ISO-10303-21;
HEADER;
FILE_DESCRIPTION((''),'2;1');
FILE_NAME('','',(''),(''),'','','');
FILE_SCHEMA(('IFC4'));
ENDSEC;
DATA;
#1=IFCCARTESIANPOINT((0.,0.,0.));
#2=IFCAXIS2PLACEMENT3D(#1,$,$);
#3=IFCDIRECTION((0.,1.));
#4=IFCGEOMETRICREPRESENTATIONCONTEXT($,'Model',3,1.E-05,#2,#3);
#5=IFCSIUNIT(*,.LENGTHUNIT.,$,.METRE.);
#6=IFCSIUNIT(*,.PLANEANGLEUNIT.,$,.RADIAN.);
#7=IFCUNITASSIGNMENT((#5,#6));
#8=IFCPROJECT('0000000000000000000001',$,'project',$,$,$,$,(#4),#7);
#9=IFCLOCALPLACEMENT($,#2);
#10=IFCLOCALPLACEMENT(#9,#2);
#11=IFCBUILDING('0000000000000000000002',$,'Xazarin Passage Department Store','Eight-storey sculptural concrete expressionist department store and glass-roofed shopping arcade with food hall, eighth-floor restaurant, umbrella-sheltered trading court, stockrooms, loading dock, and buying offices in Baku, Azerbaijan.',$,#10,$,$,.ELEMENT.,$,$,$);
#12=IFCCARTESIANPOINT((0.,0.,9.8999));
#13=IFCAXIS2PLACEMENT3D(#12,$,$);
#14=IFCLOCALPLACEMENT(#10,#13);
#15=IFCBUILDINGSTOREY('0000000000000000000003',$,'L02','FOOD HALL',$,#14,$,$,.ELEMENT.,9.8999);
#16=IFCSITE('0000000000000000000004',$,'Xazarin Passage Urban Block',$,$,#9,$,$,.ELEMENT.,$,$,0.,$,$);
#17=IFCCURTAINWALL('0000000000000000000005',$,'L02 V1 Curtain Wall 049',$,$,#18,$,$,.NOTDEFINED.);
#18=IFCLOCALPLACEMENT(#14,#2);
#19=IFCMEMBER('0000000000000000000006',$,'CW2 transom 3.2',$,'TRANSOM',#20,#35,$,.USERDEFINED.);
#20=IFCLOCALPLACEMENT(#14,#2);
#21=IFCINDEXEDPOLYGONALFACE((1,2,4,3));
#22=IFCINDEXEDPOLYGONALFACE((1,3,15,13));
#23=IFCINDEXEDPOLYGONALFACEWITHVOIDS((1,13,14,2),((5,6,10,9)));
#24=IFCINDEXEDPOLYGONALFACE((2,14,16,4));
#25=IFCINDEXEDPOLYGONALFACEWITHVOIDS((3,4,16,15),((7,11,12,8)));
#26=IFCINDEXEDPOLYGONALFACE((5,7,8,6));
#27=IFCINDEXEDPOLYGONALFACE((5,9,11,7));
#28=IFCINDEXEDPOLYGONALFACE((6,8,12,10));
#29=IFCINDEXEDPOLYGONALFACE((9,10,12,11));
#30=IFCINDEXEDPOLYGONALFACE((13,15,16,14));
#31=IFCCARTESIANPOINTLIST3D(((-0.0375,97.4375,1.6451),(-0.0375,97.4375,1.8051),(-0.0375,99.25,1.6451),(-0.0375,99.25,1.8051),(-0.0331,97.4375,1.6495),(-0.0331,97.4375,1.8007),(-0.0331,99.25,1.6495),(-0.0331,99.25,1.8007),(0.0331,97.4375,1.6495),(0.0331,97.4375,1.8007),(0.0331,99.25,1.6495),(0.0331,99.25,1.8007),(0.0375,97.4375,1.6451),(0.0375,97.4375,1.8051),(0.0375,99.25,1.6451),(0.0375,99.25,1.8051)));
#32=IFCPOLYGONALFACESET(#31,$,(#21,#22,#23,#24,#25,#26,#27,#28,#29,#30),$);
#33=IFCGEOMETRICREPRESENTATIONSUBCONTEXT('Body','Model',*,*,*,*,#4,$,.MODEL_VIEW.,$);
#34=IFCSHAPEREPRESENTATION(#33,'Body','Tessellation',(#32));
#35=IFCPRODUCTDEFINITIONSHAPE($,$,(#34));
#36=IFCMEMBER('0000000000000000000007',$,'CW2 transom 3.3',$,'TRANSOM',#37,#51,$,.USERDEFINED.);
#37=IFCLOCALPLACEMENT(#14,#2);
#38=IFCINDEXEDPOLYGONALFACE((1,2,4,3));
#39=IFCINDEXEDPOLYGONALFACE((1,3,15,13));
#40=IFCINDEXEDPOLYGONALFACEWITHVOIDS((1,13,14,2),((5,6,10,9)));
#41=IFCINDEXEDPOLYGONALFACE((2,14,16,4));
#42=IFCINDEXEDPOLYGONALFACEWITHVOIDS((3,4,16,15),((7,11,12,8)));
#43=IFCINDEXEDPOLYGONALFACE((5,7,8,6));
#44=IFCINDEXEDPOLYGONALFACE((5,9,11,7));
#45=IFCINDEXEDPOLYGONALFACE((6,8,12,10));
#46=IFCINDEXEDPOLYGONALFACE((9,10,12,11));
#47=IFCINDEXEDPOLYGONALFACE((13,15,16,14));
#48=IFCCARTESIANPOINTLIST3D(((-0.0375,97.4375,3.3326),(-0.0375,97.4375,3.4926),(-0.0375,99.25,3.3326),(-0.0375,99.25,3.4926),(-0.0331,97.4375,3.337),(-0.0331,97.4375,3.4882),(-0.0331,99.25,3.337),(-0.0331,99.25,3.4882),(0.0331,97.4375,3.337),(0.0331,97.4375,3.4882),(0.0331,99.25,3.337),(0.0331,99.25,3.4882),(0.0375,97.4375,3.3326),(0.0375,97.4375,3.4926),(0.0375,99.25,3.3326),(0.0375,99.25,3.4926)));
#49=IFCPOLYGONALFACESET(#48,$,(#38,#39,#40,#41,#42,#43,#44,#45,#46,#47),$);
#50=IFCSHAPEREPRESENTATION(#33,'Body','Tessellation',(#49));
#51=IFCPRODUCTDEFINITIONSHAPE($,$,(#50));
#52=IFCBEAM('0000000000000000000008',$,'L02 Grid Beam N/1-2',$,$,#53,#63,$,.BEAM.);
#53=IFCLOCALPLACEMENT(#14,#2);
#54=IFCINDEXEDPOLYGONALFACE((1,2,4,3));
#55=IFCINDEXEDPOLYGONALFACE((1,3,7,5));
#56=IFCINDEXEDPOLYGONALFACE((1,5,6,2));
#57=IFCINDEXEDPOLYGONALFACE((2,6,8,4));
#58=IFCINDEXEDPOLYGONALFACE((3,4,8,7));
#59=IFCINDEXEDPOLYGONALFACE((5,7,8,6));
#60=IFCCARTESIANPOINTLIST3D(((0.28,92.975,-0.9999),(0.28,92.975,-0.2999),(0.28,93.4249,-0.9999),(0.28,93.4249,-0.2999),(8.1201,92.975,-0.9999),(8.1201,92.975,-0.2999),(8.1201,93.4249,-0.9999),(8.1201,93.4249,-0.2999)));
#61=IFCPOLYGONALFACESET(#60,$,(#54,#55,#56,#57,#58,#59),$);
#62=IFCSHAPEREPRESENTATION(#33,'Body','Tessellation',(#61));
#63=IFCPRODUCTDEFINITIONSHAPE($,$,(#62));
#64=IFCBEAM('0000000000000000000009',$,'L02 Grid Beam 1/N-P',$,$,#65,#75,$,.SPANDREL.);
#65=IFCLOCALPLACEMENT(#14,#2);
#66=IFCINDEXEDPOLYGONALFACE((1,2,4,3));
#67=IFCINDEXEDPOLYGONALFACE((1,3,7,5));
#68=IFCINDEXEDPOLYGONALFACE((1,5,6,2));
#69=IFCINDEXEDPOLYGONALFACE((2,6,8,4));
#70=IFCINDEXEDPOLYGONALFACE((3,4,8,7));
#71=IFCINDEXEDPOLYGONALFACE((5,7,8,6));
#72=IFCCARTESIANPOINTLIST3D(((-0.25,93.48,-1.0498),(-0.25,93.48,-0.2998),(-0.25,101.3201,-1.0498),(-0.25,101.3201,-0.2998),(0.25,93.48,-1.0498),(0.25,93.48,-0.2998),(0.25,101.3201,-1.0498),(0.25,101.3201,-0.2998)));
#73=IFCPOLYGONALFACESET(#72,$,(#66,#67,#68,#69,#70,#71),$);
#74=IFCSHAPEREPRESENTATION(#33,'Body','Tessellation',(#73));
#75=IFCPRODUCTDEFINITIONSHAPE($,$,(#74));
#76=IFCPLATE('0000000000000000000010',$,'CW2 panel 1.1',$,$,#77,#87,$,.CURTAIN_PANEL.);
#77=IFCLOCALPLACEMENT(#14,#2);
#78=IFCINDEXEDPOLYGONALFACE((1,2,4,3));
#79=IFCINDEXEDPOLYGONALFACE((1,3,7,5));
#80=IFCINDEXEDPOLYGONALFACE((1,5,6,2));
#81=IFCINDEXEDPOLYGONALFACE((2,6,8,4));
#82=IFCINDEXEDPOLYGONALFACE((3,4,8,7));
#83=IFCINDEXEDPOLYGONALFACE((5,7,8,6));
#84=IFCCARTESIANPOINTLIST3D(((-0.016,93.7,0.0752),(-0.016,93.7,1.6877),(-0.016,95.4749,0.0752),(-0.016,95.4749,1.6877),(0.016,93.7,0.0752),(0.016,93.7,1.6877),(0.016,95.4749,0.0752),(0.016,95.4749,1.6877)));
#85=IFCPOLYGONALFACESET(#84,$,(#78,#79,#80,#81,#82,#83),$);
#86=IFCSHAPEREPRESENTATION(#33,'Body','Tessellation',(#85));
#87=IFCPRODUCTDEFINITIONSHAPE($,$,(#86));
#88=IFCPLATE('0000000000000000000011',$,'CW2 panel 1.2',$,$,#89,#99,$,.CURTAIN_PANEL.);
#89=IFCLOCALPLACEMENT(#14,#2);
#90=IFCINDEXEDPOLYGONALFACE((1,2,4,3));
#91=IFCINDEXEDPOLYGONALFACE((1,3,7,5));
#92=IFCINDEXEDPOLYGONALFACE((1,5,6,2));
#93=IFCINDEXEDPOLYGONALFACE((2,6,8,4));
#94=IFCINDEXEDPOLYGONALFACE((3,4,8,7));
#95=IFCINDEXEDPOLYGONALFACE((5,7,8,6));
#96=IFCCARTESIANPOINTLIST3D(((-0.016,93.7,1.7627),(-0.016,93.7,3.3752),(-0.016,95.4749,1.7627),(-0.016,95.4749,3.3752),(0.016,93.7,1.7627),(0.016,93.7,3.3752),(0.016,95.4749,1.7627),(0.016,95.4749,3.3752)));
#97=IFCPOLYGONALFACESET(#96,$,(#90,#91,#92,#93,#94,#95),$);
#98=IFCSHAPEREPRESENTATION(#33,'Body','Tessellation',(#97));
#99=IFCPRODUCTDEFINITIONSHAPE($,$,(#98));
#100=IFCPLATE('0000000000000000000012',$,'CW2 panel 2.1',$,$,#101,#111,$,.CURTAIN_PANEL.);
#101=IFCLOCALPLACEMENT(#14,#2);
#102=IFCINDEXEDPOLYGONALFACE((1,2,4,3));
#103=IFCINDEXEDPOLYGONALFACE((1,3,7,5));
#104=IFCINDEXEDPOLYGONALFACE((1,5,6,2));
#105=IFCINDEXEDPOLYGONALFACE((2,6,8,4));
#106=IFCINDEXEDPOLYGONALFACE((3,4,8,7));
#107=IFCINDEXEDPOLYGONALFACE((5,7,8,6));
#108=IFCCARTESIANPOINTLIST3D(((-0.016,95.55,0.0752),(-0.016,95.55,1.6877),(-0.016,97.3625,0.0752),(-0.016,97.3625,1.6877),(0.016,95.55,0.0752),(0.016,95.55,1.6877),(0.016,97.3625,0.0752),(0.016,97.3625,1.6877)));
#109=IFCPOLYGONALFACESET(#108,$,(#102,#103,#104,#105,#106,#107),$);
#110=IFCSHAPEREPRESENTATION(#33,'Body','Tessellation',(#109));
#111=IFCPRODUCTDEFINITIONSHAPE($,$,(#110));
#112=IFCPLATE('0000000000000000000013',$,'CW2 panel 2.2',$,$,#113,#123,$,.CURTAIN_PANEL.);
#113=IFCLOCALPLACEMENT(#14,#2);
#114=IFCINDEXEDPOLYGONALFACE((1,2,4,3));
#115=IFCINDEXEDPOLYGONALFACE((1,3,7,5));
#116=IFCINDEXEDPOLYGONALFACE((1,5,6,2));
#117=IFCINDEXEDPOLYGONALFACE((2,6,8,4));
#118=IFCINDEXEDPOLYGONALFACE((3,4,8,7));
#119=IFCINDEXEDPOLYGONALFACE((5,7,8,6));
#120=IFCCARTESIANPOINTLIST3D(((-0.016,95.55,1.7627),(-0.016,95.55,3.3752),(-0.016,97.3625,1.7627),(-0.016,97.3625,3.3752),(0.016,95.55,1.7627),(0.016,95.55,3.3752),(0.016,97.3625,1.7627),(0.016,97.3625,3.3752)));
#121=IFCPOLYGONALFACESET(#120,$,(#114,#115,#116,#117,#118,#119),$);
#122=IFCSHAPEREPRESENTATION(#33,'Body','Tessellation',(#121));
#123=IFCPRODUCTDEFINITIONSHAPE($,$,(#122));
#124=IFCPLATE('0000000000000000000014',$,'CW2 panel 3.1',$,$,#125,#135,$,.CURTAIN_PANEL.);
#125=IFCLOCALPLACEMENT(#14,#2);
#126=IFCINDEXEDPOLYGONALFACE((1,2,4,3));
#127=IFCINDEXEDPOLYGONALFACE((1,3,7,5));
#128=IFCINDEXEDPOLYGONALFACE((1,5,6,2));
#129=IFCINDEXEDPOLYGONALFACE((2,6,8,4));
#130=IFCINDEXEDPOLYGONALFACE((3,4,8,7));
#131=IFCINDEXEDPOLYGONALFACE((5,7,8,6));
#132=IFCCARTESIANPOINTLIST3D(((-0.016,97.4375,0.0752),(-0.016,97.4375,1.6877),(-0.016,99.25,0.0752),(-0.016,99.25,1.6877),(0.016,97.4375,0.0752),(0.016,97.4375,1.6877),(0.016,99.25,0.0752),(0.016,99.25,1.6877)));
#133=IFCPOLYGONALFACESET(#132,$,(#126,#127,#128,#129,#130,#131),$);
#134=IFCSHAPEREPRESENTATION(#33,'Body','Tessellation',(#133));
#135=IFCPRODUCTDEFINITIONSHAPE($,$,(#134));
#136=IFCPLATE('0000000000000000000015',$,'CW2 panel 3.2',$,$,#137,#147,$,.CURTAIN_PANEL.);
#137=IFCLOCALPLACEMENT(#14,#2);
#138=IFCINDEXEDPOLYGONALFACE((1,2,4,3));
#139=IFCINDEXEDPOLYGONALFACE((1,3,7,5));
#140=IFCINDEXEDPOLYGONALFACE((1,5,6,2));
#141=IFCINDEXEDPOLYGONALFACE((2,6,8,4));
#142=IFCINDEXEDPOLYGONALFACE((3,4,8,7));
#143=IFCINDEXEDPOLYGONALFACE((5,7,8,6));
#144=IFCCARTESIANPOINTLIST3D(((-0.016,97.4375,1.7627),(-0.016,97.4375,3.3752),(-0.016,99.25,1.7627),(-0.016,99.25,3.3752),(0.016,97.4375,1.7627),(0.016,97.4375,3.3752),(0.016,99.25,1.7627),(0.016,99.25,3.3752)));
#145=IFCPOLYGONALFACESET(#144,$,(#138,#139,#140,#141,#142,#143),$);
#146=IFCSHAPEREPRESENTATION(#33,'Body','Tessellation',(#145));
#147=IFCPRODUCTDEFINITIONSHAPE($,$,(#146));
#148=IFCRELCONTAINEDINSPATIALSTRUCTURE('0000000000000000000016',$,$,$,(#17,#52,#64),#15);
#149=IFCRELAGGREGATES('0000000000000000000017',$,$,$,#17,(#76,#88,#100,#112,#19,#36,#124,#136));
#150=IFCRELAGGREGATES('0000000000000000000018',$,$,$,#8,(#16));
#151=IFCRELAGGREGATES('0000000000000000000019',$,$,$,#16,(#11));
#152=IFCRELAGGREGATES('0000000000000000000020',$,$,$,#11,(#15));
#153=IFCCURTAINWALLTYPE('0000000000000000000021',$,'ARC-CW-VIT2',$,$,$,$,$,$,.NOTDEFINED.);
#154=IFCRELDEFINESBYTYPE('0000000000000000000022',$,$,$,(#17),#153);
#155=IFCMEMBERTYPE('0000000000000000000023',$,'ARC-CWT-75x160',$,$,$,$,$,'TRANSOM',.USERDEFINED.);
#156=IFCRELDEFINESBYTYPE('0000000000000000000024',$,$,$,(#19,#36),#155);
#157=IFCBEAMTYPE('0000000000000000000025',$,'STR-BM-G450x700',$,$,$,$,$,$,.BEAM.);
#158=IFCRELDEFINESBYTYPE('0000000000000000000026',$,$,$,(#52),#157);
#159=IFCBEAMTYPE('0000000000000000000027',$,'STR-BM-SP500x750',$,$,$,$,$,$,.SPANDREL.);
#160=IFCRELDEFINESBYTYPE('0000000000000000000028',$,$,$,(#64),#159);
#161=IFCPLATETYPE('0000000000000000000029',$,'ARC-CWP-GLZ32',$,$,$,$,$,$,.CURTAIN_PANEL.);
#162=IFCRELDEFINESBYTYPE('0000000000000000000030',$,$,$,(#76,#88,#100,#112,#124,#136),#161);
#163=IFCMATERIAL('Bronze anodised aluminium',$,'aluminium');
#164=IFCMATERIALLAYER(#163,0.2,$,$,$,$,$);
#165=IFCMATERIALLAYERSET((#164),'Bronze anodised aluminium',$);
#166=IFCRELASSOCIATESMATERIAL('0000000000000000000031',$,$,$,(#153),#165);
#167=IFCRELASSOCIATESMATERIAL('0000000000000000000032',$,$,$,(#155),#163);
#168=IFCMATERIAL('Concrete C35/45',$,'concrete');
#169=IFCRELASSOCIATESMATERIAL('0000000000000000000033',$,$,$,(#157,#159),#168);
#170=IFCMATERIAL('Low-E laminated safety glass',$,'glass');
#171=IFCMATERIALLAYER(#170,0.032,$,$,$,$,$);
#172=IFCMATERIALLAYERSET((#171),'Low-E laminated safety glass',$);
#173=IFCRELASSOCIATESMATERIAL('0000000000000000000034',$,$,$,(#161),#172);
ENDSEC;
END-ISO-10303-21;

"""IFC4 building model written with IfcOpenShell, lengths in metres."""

from ifc_helpers import new_model, si_unit, direction, frame, origin, origin_2d, place, context, subcontext, project, spatial, rectangle, hollow_rectangle, extrude, material, layer, layer_set, material_profile, profile_set, type_object, element, aggregate, save


model = new_model("IFC4")

# Units and contexts
model_context = context("Model", 3, precision=1e-05, world=origin(), true_north=direction((0.0, 1.0)))
body_context = subcontext(model_context, "Body", "Model", "MODEL_VIEW")
ifc_project = project(units=[si_unit("LENGTHUNIT", "METRE"), si_unit("PLANEANGLEUNIT", "RADIAN")], contexts=[model_context])

# Site, building, storey
site_placement = place(None, origin())
site = spatial("IfcSite", under=ifc_project, at=site_placement, Name="Xazarin Passage Urban Block", CompositionType="ELEMENT", RefElevation=0.0)
building_placement = place(site_placement, origin())
building = spatial("IfcBuilding", under=site, at=building_placement, Name="Xazarin Passage Department Store", Description="Eight-storey sculptural concrete expressionist department store and glass-roofed shopping arcade with food hall, eighth-floor restaurant, umbrella-sheltered trading court, stockrooms, loading dock, and buying offices in Baku, Azerbaijan.", CompositionType="ELEMENT")
storey_placement = place(building_placement, frame((0.0, 0.0, 9.8999)))
storey = spatial("IfcBuildingStorey", under=building, at=storey_placement, Name="L02", Description="FOOD HALL", CompositionType="ELEMENT", Elevation=9.8999)

# Curtain wall, members
ifc_material_1 = material(Name="Bronze anodised aluminium", Category="aluminium")
ifc_layer_1 = layer(ifc_material_1, 0.2)
ifc_layer_set_1 = layer_set([ifc_layer_1], Name="Bronze anodised aluminium")
curtain_wall_type = type_object("IfcCurtainWallType", Name="ARC-CW-VIT2", PredefinedType="NOTDEFINED", material=ifc_layer_set_1)
curtain_wall_placement = place(storey_placement, origin())
curtain_wall = element("IfcCurtainWall", 1, at=curtain_wall_placement, inside=storey, type_object=curtain_wall_type, Name="L02 V1 Curtain Wall 049", PredefinedType="NOTDEFINED")
ifc_material_profile_1 = material_profile(ifc_material_1, hollow_rectangle(XDim=0.075, YDim=0.1599, WallThickness=0.0044, at=origin_2d()), Name="ALU 75x160")
ifc_profile_set_1 = profile_set([ifc_material_profile_1], Name="Bronze anodised aluminium")
member_type_1 = type_object("IfcMemberType", Name="ARC-CWT-75x160", ElementType="TRANSOM", PredefinedType="USERDEFINED", material=ifc_profile_set_1)
member_1_placement = place(storey_placement, frame((0.0, 97.4375, 1.7251), z_axis=(0.0, 1.0, 0.0), x_axis=(-1.0, 0.0, 0.0)))
member_1 = element("IfcMember", 2, at=member_1_placement, type_object=member_type_1, Name="CW2 transom 3.2", ObjectType="TRANSOM", PredefinedType="USERDEFINED", context=body_context, shape_type="SweptSolid", body=[
    extrude(hollow_rectangle(XDim=0.075, YDim=0.1599, WallThickness=0.0044, at=origin_2d()), origin(), (0.0, 0.0, 1.0), 1.8125),
])
member_2_placement = place(storey_placement, frame((0.0, 97.4375, 3.4126), z_axis=(0.0, 1.0, 0.0), x_axis=(-1.0, 0.0, 0.0)))
member_2 = element("IfcMember", 3, at=member_2_placement, type_object=member_type_1, Name="CW2 transom 3.3", ObjectType="TRANSOM", PredefinedType="USERDEFINED", context=body_context, shape_type="SweptSolid", body=[
    extrude(hollow_rectangle(XDim=0.075, YDim=0.1599, WallThickness=0.0044, at=origin_2d()), origin(), (0.0, 0.0, 1.0), 1.8125),
])

# Beams
ifc_material_2 = material(Name="Concrete C35/45", Category="concrete")
ifc_material_profile_2 = material_profile(ifc_material_2, rectangle(XDim=0.45, YDim=0.7, at=origin_2d()), Name="RC 450x700")
ifc_profile_set_2 = profile_set([ifc_material_profile_2], Name="Concrete C35/45")
beam_type_1 = type_object("IfcBeamType", Name="STR-BM-G450x700", PredefinedType="BEAM", material=ifc_profile_set_2)
beam_1_placement = place(storey_placement, frame((0.28, 93.2, -0.6499), z_axis=(1.0, 0.0, 0.0), x_axis=(0.0, 1.0, 0.0)))
element("IfcBeam", 4, at=beam_1_placement, inside=storey, type_object=beam_type_1, Name="L02 Grid Beam N/1-2", PredefinedType="BEAM", context=body_context, shape_type="SweptSolid", body=[
    extrude(rectangle(XDim=0.45, YDim=0.7, at=origin_2d()), origin(), (0.0, 0.0, 1.0), 7.8401),
])
ifc_material_profile_3 = material_profile(ifc_material_2, rectangle(XDim=0.5, YDim=0.75, at=origin_2d()), Name="RC 500x750")
ifc_profile_set_3 = profile_set([ifc_material_profile_3], Name="Concrete C35/45")
beam_type_2 = type_object("IfcBeamType", Name="STR-BM-SP500x750", PredefinedType="SPANDREL", material=ifc_profile_set_3)
beam_2_placement = place(storey_placement, frame((0.0, 93.48, -0.6748), z_axis=(0.0, 1.0, 0.0), x_axis=(-1.0, 0.0, 0.0)))
element("IfcBeam", 5, at=beam_2_placement, inside=storey, type_object=beam_type_2, Name="L02 Grid Beam 1/N-P", PredefinedType="SPANDREL", context=body_context, shape_type="SweptSolid", body=[
    extrude(rectangle(XDim=0.5, YDim=0.75, at=origin_2d()), origin(), (0.0, 0.0, 1.0), 7.8401),
])

# Plates
ifc_material_3 = material(Name="Low-E laminated safety glass", Category="glass")
ifc_layer_2 = layer(ifc_material_3, 0.032)
ifc_layer_set_2 = layer_set([ifc_layer_2], Name="Low-E laminated safety glass")
plate_type = type_object("IfcPlateType", Name="ARC-CWP-GLZ32", PredefinedType="CURTAIN_PANEL", material=ifc_layer_set_2)
plate_1_placement = place(storey_placement, frame((0.0, 94.5874, 0.0752), z_axis=(0.0, 0.0, 1.0), x_axis=(0.0, 1.0, 0.0)))
plate_1 = element("IfcPlate", 6, at=plate_1_placement, type_object=plate_type, Name="CW2 panel 1.1", PredefinedType="CURTAIN_PANEL", context=body_context, shape_type="SweptSolid", body=[
    extrude(rectangle(XDim=1.7749, YDim=0.032, at=origin_2d()), origin(), (0.0, 0.0, 1.0), 1.6125),
])
plate_2_placement = place(storey_placement, frame((0.0, 94.5874, 1.7627), z_axis=(0.0, 0.0, 1.0), x_axis=(0.0, 1.0, 0.0)))
plate_2 = element("IfcPlate", 7, at=plate_2_placement, type_object=plate_type, Name="CW2 panel 1.2", PredefinedType="CURTAIN_PANEL", context=body_context, shape_type="SweptSolid", body=[
    extrude(rectangle(XDim=1.7749, YDim=0.032, at=origin_2d()), origin(), (0.0, 0.0, 1.0), 1.6125),
])
plate_3_placement = place(storey_placement, frame((0.0, 96.4563, 0.0752), z_axis=(0.0, 0.0, 1.0), x_axis=(0.0, 1.0, 0.0)))
plate_3 = element("IfcPlate", 8, at=plate_3_placement, type_object=plate_type, Name="CW2 panel 2.1", PredefinedType="CURTAIN_PANEL", context=body_context, shape_type="SweptSolid", body=[
    extrude(rectangle(XDim=1.8125, YDim=0.032, at=origin_2d()), origin(), (0.0, 0.0, 1.0), 1.6125),
])
plate_4_placement = place(storey_placement, frame((0.0, 96.4563, 1.7627), z_axis=(0.0, 0.0, 1.0), x_axis=(0.0, 1.0, 0.0)))
plate_4 = element("IfcPlate", 9, at=plate_4_placement, type_object=plate_type, Name="CW2 panel 2.2", PredefinedType="CURTAIN_PANEL", context=body_context, shape_type="SweptSolid", body=[
    extrude(rectangle(XDim=1.8125, YDim=0.032, at=origin_2d()), origin(), (0.0, 0.0, 1.0), 1.6125),
])
plate_5_placement = place(storey_placement, frame((0.0, 98.3438, 0.0752), z_axis=(0.0, 0.0, 1.0), x_axis=(0.0, 1.0, 0.0)))
plate_5 = element("IfcPlate", 10, at=plate_5_placement, type_object=plate_type, Name="CW2 panel 3.1", PredefinedType="CURTAIN_PANEL", context=body_context, shape_type="SweptSolid", body=[
    extrude(rectangle(XDim=1.8125, YDim=0.032, at=origin_2d()), origin(), (0.0, 0.0, 1.0), 1.6125),
])
plate_6_placement = place(storey_placement, frame((0.0, 98.3438, 1.7627), z_axis=(0.0, 0.0, 1.0), x_axis=(0.0, 1.0, 0.0)))
plate_6 = element("IfcPlate", 11, at=plate_6_placement, type_object=plate_type, Name="CW2 panel 3.2", PredefinedType="CURTAIN_PANEL", context=body_context, shape_type="SweptSolid", body=[
    extrude(rectangle(XDim=1.8125, YDim=0.032, at=origin_2d()), origin(), (0.0, 0.0, 1.0), 1.6125),
])
aggregate(curtain_wall, [plate_1, plate_2, plate_3, plate_4, member_1, member_2, plate_5, plate_6])

save(model, "model.ifc")
